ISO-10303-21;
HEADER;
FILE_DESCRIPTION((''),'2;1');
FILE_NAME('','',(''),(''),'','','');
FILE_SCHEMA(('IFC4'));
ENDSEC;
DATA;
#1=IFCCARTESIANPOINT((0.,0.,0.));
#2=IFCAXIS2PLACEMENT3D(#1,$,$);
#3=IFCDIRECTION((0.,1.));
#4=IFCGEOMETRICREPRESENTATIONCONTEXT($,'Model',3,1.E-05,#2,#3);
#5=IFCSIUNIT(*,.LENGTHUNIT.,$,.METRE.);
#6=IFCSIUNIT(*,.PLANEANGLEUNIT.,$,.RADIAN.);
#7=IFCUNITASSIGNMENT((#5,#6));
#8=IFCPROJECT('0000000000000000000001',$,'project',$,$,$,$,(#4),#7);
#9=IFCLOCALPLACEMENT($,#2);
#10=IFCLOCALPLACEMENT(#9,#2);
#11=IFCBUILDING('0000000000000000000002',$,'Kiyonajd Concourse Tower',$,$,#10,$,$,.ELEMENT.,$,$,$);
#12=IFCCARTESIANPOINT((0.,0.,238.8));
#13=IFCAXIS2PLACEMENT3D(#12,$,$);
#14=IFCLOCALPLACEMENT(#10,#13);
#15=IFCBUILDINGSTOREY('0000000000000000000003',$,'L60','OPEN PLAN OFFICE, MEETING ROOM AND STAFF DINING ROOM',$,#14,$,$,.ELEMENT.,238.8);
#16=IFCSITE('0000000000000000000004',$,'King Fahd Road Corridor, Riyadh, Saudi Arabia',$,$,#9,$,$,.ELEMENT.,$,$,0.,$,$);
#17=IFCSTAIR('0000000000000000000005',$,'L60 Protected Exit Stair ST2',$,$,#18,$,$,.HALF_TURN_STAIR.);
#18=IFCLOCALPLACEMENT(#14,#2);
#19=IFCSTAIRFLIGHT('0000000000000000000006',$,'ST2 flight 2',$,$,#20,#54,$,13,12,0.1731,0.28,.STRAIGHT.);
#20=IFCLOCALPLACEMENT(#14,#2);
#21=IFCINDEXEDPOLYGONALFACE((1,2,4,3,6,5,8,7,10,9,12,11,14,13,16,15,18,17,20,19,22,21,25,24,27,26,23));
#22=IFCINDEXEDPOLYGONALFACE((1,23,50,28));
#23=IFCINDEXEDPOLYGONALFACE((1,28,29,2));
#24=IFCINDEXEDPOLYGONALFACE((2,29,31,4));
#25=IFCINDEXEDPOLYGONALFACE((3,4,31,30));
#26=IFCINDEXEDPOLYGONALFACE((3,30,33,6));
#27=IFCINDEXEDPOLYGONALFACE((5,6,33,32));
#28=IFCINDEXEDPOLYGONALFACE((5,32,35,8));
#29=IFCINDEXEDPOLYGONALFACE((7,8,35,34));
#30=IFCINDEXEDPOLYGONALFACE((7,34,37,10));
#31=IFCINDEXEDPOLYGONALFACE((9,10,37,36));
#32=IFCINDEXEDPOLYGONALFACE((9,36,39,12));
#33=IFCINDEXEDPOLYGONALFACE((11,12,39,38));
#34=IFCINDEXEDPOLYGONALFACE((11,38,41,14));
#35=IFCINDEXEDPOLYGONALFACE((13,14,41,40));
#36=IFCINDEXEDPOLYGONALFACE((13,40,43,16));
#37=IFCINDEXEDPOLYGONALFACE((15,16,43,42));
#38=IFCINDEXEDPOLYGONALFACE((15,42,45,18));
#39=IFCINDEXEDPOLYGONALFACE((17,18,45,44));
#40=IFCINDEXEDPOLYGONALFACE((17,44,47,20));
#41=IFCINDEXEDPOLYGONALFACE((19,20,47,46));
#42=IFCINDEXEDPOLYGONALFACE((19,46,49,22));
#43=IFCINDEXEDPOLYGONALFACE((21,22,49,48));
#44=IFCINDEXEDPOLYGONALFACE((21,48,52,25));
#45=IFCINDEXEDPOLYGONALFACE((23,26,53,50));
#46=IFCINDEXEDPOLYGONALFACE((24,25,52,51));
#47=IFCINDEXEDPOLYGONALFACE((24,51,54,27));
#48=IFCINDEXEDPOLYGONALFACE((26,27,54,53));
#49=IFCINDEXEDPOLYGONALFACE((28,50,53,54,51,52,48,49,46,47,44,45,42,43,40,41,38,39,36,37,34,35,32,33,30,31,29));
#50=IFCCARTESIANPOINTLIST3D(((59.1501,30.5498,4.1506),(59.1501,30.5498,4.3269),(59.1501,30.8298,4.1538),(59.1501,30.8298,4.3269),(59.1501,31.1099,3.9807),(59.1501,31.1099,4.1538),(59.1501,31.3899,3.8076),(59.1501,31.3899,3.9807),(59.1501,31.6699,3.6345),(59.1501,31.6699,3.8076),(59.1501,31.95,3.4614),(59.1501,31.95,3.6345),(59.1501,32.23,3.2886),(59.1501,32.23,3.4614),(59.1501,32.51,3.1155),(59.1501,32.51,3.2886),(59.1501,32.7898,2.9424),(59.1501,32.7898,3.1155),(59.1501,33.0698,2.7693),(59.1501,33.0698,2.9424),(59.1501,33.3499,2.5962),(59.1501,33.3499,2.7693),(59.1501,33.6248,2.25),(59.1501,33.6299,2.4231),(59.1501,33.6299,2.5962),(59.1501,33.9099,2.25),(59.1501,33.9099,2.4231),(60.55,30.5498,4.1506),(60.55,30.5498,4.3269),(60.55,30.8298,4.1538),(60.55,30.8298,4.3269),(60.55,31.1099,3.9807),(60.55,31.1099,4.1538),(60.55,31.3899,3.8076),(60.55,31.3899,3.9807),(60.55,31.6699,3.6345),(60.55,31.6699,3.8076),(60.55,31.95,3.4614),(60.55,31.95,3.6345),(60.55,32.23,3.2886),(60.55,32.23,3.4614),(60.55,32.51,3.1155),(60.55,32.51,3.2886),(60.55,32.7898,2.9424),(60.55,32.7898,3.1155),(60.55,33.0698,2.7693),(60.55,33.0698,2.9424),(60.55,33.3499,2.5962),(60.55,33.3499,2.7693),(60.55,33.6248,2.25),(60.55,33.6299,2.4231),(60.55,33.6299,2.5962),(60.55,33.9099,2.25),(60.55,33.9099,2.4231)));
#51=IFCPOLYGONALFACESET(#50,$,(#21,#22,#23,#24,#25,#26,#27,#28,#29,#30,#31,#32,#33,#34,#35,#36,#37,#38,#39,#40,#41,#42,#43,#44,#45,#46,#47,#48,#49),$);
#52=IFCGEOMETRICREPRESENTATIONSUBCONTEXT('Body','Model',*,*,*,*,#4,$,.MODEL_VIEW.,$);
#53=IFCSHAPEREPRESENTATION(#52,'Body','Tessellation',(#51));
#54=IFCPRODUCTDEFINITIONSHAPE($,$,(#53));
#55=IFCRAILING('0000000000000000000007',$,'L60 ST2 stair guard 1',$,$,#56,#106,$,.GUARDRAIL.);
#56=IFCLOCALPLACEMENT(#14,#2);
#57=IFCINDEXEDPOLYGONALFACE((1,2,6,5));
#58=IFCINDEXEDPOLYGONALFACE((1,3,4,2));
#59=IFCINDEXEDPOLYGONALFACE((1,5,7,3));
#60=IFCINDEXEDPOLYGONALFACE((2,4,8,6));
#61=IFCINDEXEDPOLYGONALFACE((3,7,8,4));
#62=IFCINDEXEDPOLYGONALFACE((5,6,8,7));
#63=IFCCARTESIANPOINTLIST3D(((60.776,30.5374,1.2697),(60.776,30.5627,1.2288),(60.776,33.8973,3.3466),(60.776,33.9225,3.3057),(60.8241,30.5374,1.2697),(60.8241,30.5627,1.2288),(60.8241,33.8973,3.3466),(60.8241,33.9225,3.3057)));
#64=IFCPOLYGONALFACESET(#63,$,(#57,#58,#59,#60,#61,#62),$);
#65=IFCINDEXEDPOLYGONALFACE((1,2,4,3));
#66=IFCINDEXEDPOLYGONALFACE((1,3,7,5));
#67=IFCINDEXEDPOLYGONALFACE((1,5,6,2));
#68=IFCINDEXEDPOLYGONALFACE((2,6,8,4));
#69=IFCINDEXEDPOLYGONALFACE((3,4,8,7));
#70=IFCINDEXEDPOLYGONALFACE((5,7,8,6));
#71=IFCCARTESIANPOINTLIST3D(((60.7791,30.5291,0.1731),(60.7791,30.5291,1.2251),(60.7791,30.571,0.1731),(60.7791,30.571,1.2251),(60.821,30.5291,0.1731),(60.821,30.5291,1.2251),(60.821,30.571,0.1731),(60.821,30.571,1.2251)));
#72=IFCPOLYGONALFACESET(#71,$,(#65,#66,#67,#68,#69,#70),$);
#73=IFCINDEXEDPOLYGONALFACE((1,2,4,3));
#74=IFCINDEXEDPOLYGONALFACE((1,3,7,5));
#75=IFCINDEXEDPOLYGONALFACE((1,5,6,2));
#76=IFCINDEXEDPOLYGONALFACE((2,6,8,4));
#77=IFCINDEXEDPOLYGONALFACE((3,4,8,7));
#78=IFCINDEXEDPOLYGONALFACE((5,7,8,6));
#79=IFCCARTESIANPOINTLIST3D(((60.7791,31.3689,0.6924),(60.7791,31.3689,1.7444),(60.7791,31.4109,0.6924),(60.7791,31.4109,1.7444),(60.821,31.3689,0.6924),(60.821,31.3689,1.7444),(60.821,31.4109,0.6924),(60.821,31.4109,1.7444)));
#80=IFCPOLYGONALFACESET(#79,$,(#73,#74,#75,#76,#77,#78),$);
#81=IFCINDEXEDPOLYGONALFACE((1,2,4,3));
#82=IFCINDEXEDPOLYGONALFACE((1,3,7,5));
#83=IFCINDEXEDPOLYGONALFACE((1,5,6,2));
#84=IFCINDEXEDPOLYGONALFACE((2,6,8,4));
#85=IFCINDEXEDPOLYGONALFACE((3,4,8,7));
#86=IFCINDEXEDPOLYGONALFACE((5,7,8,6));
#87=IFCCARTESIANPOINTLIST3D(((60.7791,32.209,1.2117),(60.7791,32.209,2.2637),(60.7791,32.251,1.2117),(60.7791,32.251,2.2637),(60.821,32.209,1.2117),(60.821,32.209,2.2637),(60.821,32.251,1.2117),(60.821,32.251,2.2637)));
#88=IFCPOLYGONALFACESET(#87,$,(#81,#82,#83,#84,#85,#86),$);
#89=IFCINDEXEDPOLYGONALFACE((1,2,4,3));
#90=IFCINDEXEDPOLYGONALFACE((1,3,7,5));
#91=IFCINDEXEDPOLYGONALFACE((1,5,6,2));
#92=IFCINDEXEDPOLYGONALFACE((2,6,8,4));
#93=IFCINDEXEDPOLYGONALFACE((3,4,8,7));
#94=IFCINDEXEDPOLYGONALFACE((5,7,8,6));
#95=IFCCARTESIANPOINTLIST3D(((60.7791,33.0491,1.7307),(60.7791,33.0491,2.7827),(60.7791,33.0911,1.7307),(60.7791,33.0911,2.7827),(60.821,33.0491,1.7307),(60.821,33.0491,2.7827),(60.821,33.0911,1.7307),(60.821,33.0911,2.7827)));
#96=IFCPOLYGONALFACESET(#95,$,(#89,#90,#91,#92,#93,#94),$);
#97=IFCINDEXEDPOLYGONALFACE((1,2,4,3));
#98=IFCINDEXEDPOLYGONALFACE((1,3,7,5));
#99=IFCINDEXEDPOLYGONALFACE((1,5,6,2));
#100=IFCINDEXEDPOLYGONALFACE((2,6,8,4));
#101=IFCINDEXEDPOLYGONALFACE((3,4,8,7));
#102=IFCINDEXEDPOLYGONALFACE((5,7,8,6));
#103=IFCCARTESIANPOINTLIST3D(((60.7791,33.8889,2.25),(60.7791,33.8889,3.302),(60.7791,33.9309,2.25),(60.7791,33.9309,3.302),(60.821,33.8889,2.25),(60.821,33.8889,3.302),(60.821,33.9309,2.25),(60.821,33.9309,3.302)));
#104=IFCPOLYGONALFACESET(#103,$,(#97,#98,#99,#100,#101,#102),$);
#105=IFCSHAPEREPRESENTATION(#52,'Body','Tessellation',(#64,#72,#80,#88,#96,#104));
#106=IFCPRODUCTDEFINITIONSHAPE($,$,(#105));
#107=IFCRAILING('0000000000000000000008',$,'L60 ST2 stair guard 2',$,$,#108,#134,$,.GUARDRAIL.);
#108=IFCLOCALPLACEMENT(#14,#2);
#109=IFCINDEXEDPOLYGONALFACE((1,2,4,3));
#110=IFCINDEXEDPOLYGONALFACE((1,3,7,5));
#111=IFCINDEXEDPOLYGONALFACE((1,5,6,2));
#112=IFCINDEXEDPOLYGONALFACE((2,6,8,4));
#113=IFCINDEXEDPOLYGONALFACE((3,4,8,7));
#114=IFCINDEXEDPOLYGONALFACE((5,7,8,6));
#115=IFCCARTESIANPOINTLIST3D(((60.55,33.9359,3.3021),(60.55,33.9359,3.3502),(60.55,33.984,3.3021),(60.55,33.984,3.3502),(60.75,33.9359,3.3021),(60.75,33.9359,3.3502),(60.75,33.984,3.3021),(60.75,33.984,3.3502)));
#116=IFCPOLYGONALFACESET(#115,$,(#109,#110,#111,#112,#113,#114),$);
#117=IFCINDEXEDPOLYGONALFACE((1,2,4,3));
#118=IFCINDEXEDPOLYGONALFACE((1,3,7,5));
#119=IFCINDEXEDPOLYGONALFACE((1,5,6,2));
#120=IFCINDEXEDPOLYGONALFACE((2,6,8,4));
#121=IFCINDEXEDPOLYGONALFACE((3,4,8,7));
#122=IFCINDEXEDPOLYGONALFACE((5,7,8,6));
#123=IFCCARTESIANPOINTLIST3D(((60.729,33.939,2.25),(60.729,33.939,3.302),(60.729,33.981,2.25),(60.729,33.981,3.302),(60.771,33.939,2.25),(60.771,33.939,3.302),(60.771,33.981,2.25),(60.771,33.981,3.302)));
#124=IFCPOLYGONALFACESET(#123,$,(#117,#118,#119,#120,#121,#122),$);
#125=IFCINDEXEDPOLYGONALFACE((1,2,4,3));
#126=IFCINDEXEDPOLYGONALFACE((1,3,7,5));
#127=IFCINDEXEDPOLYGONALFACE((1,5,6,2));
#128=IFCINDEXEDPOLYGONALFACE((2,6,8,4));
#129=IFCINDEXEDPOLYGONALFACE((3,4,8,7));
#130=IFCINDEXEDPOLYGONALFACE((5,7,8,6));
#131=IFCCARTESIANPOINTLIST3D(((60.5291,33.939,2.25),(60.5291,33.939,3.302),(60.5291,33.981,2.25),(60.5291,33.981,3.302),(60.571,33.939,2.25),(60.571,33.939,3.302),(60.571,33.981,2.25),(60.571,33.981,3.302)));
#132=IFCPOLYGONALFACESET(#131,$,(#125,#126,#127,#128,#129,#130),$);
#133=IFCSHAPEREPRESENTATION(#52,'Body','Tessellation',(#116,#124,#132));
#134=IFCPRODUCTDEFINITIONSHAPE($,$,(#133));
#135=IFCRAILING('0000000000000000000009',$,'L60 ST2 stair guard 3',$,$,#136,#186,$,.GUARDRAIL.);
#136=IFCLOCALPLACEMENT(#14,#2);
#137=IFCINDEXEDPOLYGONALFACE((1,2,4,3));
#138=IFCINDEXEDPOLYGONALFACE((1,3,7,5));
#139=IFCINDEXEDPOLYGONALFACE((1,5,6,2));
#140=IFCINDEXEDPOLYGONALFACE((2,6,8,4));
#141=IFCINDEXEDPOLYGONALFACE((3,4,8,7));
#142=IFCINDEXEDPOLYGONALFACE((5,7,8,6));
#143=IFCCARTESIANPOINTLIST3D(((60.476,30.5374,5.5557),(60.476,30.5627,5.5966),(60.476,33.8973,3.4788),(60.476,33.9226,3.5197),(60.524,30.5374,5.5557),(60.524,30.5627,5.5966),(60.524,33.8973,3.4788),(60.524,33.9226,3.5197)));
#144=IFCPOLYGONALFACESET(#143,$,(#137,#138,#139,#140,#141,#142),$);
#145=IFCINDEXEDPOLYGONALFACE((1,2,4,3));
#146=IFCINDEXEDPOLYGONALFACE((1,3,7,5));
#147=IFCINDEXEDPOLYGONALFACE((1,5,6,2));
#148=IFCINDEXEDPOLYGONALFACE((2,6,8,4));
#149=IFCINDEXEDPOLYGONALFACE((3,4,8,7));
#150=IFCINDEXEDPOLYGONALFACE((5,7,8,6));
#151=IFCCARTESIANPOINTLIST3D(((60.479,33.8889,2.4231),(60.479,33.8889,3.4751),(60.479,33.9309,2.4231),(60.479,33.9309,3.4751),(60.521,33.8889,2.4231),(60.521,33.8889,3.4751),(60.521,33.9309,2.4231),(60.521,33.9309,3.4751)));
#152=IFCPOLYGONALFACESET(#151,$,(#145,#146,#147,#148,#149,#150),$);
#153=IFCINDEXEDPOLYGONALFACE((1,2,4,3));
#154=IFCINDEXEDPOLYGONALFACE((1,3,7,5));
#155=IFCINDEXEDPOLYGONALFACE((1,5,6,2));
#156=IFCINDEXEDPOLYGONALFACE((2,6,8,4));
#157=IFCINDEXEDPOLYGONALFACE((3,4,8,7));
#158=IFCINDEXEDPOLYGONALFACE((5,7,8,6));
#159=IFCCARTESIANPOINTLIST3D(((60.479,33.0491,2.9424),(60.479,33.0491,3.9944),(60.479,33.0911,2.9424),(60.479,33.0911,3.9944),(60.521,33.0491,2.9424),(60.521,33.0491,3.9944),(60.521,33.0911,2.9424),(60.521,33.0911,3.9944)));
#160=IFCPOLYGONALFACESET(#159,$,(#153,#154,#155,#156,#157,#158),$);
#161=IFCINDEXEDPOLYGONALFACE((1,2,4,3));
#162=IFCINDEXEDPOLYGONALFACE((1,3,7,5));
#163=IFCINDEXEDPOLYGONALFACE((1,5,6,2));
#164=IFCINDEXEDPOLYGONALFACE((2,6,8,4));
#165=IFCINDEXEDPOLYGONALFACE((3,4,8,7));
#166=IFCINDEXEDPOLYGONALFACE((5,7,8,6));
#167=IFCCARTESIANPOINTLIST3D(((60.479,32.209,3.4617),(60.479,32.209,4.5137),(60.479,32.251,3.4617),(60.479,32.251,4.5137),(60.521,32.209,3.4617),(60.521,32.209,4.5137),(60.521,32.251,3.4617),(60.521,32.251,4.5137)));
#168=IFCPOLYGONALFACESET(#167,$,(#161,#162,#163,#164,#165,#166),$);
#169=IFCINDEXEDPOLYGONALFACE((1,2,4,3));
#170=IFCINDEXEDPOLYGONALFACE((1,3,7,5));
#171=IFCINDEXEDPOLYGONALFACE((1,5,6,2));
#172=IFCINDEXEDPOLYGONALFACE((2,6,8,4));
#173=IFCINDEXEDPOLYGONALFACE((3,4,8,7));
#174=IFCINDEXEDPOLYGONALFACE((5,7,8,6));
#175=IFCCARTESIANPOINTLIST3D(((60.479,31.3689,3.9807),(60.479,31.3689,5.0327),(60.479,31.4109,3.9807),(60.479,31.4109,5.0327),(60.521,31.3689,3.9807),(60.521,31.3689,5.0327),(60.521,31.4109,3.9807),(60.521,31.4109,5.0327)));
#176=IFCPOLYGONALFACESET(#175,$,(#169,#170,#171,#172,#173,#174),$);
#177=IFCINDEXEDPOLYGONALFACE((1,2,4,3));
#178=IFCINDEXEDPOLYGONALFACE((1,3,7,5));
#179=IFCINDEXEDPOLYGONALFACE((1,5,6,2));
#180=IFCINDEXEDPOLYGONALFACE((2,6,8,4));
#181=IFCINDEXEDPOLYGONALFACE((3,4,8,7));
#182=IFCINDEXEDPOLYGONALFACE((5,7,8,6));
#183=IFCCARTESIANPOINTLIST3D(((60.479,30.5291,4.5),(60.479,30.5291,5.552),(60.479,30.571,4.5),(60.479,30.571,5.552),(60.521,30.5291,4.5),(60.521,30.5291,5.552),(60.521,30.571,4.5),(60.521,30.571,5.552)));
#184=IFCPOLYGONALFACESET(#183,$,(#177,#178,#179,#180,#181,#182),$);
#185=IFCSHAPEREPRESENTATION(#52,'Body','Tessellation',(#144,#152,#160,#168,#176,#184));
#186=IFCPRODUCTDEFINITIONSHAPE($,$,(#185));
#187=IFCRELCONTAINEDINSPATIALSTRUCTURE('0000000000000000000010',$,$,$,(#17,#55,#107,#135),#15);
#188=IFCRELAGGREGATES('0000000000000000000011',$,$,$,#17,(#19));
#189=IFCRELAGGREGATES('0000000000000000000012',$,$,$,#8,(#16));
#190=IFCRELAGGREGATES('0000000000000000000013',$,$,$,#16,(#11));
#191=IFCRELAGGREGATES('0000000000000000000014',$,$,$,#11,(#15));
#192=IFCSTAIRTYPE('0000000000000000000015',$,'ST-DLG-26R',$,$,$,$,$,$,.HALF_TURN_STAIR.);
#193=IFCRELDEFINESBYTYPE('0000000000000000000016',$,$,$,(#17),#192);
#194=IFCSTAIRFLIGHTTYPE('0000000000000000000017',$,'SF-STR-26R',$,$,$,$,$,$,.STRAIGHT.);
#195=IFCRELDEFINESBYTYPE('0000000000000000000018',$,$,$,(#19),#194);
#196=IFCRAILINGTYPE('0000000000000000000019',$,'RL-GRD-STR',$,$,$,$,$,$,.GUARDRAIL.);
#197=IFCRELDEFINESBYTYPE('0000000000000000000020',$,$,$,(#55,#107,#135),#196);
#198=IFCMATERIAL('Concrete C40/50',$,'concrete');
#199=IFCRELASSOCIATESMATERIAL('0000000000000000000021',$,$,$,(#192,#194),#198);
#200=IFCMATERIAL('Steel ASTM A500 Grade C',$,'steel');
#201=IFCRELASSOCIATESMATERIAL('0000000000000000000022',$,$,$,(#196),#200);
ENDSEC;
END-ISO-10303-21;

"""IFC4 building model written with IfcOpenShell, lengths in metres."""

from ifc_helpers import new_model, si_unit, direction, frame, origin, origin_2d, place, context, subcontext, project, spatial, polyline, rectangle, outline, extrude, material, type_object, element, aggregate, save


model = new_model("IFC4")

# Units and contexts
model_context = context("Model", 3, precision=1e-05, world=origin(), true_north=direction((0.0, 1.0)))
body_context = subcontext(model_context, "Body", "Model", "MODEL_VIEW")
ifc_project = project(units=[si_unit("LENGTHUNIT", "METRE"), si_unit("PLANEANGLEUNIT", "RADIAN")], contexts=[model_context])

# Site, building, storey
site_placement = place(None, origin())
site = spatial("IfcSite", under=ifc_project, at=site_placement, Name="King Fahd Road Corridor, Riyadh, Saudi Arabia", CompositionType="ELEMENT", RefElevation=0.0)
building_placement = place(site_placement, origin())
building = spatial("IfcBuilding", under=site, at=building_placement, Name="Kiyonajd Concourse Tower", CompositionType="ELEMENT")
storey_placement = place(building_placement, frame((0.0, 0.0, 238.8)))
storey = spatial("IfcBuildingStorey", under=building, at=storey_placement, Name="L60", Description="OPEN PLAN OFFICE, MEETING ROOM AND STAFF DINING ROOM", CompositionType="ELEMENT", Elevation=238.8)

# Stair, stair flight
ifc_material_1 = material(Name="Concrete C40/50", Category="concrete")
stair_type = type_object("IfcStairType", Name="ST-DLG-26R", PredefinedType="HALF_TURN_STAIR", material=ifc_material_1)
stair_placement = place(storey_placement, origin())
stair = element("IfcStair", 1, at=stair_placement, inside=storey, type_object=stair_type, Name="L60 Protected Exit Stair ST2", PredefinedType="HALF_TURN_STAIR")
stair_flight_type = type_object("IfcStairFlightType", Name="SF-STR-26R", PredefinedType="STRAIGHT", material=ifc_material_1)
stair_flight_1_placement = place(storey_placement, frame((59.8501, 33.9099, 2.25), z_axis=(0.0, 0.0, 1.0), x_axis=(0.0, -1.0, 0.0)))
stair_flight_1 = element("IfcStairFlight", 2, at=stair_flight_1_placement, type_object=stair_flight_type, Name="ST2 flight 2", NumberOfRisers=13, NumberOfTreads=12, PredefinedType="STRAIGHT", RiserHeight=0.1731, TreadLength=0.28, context=body_context, shape_type="SweptSolid", body=[
    extrude(outline(polyline([(0.0, 0.0), (0.0, 0.1731), (0.28, 0.1731), (0.28, 0.3462), (0.5601, 0.3462), (0.5601, 0.5193), (0.8401, 0.5193), (0.8401, 0.6924), (1.1201, 0.6924), (1.1201, 0.8655), (1.3999, 0.8655), (1.3999, 1.0386), (1.6799, 1.0386), (1.6799, 1.2114), (1.96, 1.2114), (1.96, 1.3845), (2.24, 1.3845), (2.24, 1.5576), (2.52, 1.5576), (2.52, 1.7307), (2.8, 1.7307), (2.8, 1.9038), (3.0801, 1.9038), (3.0801, 2.0769), (3.3601, 2.0769), (3.3601, 2.25), (3.3601, 1.9006), (0.2852, 0.0), (0.0, 0.0)])), frame((0.0, 0.7, 0.0), z_axis=(0.0, -1.0, 0.0), x_axis=(1.0, 0.0, 0.0)), (0.0, 0.0, 1.0), 1.3999),
])
aggregate(stair, [stair_flight_1])

# Railings
ifc_material_2 = material(Name="Steel ASTM A500 Grade C", Category="steel")
railing_type_1 = type_object("IfcRailingType", Name="RL-GRD-STR", PredefinedType="GUARDRAIL", material=ifc_material_2)
railing_1_placement = place(storey_placement, frame((60.8, 30.55, 0.1731)))
element("IfcRailing", 3, at=railing_1_placement, inside=storey, type_object=railing_type_1, Name="L60 ST2 stair guard 1", PredefinedType="GUARDRAIL", context=body_context, shape_type="SweptSolid", body=[
    extrude(rectangle(XDim=0.0481, YDim=0.0481, at=origin_2d()), frame((0.0, 0.0, 1.0762), z_axis=(0.0, 0.850606, 0.525803), x_axis=(-1.0, 0.0, 0.0)), (0.0, 0.0, 1.0), 3.95),
    extrude(rectangle(XDim=0.042, YDim=0.042, at=origin_2d()), origin(), (0.0, 0.0, 1.0), 1.052),
    extrude(rectangle(XDim=0.042, YDim=0.042, at=origin_2d()), frame((0.0, 0.8398, 0.5193)), (0.0, 0.0, 1.0), 1.052),
    extrude(rectangle(XDim=0.042, YDim=0.042, at=origin_2d()), frame((0.0, 1.6799, 1.0386)), (0.0, 0.0, 1.0), 1.052),
    extrude(rectangle(XDim=0.042, YDim=0.042, at=origin_2d()), frame((0.0, 2.52, 1.5576)), (0.0, 0.0, 1.0), 1.052),
    extrude(rectangle(XDim=0.042, YDim=0.042, at=origin_2d()), frame((0.0, 3.3599, 2.0769)), (0.0, 0.0, 1.0), 1.052),
])
railing_2_placement = place(storey_placement, frame((60.75, 33.96, 2.25)))
element("IfcRailing", 4, at=railing_2_placement, inside=storey, type_object=railing_type_1, Name="L60 ST2 stair guard 2", PredefinedType="GUARDRAIL", context=body_context, shape_type="SweptSolid", body=[
    extrude(rectangle(XDim=0.0481, YDim=0.0481, at=origin_2d()), frame((0.0, 0.0, 1.0762), z_axis=(-1.0, 0.0, 0.0), x_axis=(0.0, -1.0, 0.0)), (0.0, 0.0, 1.0), 0.2),
    extrude(rectangle(XDim=0.042, YDim=0.042, at=origin_2d()), origin(), (0.0, 0.0, 1.0), 1.052),
    extrude(rectangle(XDim=0.042, YDim=0.042, at=origin_2d()), frame((-0.2, 0.0, 0.0)), (0.0, 0.0, 1.0), 1.052),
])
railing_3_placement = place(storey_placement, frame((60.5, 33.9099, 2.4231)))
element("IfcRailing", 5, at=railing_3_placement, inside=storey, type_object=railing_type_1, Name="L60 ST2 stair guard 3", PredefinedType="GUARDRAIL", context=body_context, shape_type="SweptSolid", body=[
    extrude(rectangle(XDim=0.0481, YDim=0.0481, at=origin_2d()), frame((0.0, 0.0, 1.0762), z_axis=(0.0, -0.850606, 0.525803), x_axis=(1.0, 0.0, 0.0)), (0.0, 0.0, 1.0), 3.95),
    extrude(rectangle(XDim=0.042, YDim=0.042, at=origin_2d()), origin(), (0.0, 0.0, 1.0), 1.052),
    extrude(rectangle(XDim=0.042, YDim=0.042, at=origin_2d()), frame((0.0, -0.8398, 0.5193)), (0.0, 0.0, 1.0), 1.052),
    extrude(rectangle(XDim=0.042, YDim=0.042, at=origin_2d()), frame((0.0, -1.6799, 1.0386)), (0.0, 0.0, 1.0), 1.052),
    extrude(rectangle(XDim=0.042, YDim=0.042, at=origin_2d()), frame((0.0, -2.52, 1.5576)), (0.0, 0.0, 1.0), 1.052),
    extrude(rectangle(XDim=0.042, YDim=0.042, at=origin_2d()), frame((0.0, -3.3599, 2.0769)), (0.0, 0.0, 1.0), 1.052),
])

save(model, "model.ifc")
